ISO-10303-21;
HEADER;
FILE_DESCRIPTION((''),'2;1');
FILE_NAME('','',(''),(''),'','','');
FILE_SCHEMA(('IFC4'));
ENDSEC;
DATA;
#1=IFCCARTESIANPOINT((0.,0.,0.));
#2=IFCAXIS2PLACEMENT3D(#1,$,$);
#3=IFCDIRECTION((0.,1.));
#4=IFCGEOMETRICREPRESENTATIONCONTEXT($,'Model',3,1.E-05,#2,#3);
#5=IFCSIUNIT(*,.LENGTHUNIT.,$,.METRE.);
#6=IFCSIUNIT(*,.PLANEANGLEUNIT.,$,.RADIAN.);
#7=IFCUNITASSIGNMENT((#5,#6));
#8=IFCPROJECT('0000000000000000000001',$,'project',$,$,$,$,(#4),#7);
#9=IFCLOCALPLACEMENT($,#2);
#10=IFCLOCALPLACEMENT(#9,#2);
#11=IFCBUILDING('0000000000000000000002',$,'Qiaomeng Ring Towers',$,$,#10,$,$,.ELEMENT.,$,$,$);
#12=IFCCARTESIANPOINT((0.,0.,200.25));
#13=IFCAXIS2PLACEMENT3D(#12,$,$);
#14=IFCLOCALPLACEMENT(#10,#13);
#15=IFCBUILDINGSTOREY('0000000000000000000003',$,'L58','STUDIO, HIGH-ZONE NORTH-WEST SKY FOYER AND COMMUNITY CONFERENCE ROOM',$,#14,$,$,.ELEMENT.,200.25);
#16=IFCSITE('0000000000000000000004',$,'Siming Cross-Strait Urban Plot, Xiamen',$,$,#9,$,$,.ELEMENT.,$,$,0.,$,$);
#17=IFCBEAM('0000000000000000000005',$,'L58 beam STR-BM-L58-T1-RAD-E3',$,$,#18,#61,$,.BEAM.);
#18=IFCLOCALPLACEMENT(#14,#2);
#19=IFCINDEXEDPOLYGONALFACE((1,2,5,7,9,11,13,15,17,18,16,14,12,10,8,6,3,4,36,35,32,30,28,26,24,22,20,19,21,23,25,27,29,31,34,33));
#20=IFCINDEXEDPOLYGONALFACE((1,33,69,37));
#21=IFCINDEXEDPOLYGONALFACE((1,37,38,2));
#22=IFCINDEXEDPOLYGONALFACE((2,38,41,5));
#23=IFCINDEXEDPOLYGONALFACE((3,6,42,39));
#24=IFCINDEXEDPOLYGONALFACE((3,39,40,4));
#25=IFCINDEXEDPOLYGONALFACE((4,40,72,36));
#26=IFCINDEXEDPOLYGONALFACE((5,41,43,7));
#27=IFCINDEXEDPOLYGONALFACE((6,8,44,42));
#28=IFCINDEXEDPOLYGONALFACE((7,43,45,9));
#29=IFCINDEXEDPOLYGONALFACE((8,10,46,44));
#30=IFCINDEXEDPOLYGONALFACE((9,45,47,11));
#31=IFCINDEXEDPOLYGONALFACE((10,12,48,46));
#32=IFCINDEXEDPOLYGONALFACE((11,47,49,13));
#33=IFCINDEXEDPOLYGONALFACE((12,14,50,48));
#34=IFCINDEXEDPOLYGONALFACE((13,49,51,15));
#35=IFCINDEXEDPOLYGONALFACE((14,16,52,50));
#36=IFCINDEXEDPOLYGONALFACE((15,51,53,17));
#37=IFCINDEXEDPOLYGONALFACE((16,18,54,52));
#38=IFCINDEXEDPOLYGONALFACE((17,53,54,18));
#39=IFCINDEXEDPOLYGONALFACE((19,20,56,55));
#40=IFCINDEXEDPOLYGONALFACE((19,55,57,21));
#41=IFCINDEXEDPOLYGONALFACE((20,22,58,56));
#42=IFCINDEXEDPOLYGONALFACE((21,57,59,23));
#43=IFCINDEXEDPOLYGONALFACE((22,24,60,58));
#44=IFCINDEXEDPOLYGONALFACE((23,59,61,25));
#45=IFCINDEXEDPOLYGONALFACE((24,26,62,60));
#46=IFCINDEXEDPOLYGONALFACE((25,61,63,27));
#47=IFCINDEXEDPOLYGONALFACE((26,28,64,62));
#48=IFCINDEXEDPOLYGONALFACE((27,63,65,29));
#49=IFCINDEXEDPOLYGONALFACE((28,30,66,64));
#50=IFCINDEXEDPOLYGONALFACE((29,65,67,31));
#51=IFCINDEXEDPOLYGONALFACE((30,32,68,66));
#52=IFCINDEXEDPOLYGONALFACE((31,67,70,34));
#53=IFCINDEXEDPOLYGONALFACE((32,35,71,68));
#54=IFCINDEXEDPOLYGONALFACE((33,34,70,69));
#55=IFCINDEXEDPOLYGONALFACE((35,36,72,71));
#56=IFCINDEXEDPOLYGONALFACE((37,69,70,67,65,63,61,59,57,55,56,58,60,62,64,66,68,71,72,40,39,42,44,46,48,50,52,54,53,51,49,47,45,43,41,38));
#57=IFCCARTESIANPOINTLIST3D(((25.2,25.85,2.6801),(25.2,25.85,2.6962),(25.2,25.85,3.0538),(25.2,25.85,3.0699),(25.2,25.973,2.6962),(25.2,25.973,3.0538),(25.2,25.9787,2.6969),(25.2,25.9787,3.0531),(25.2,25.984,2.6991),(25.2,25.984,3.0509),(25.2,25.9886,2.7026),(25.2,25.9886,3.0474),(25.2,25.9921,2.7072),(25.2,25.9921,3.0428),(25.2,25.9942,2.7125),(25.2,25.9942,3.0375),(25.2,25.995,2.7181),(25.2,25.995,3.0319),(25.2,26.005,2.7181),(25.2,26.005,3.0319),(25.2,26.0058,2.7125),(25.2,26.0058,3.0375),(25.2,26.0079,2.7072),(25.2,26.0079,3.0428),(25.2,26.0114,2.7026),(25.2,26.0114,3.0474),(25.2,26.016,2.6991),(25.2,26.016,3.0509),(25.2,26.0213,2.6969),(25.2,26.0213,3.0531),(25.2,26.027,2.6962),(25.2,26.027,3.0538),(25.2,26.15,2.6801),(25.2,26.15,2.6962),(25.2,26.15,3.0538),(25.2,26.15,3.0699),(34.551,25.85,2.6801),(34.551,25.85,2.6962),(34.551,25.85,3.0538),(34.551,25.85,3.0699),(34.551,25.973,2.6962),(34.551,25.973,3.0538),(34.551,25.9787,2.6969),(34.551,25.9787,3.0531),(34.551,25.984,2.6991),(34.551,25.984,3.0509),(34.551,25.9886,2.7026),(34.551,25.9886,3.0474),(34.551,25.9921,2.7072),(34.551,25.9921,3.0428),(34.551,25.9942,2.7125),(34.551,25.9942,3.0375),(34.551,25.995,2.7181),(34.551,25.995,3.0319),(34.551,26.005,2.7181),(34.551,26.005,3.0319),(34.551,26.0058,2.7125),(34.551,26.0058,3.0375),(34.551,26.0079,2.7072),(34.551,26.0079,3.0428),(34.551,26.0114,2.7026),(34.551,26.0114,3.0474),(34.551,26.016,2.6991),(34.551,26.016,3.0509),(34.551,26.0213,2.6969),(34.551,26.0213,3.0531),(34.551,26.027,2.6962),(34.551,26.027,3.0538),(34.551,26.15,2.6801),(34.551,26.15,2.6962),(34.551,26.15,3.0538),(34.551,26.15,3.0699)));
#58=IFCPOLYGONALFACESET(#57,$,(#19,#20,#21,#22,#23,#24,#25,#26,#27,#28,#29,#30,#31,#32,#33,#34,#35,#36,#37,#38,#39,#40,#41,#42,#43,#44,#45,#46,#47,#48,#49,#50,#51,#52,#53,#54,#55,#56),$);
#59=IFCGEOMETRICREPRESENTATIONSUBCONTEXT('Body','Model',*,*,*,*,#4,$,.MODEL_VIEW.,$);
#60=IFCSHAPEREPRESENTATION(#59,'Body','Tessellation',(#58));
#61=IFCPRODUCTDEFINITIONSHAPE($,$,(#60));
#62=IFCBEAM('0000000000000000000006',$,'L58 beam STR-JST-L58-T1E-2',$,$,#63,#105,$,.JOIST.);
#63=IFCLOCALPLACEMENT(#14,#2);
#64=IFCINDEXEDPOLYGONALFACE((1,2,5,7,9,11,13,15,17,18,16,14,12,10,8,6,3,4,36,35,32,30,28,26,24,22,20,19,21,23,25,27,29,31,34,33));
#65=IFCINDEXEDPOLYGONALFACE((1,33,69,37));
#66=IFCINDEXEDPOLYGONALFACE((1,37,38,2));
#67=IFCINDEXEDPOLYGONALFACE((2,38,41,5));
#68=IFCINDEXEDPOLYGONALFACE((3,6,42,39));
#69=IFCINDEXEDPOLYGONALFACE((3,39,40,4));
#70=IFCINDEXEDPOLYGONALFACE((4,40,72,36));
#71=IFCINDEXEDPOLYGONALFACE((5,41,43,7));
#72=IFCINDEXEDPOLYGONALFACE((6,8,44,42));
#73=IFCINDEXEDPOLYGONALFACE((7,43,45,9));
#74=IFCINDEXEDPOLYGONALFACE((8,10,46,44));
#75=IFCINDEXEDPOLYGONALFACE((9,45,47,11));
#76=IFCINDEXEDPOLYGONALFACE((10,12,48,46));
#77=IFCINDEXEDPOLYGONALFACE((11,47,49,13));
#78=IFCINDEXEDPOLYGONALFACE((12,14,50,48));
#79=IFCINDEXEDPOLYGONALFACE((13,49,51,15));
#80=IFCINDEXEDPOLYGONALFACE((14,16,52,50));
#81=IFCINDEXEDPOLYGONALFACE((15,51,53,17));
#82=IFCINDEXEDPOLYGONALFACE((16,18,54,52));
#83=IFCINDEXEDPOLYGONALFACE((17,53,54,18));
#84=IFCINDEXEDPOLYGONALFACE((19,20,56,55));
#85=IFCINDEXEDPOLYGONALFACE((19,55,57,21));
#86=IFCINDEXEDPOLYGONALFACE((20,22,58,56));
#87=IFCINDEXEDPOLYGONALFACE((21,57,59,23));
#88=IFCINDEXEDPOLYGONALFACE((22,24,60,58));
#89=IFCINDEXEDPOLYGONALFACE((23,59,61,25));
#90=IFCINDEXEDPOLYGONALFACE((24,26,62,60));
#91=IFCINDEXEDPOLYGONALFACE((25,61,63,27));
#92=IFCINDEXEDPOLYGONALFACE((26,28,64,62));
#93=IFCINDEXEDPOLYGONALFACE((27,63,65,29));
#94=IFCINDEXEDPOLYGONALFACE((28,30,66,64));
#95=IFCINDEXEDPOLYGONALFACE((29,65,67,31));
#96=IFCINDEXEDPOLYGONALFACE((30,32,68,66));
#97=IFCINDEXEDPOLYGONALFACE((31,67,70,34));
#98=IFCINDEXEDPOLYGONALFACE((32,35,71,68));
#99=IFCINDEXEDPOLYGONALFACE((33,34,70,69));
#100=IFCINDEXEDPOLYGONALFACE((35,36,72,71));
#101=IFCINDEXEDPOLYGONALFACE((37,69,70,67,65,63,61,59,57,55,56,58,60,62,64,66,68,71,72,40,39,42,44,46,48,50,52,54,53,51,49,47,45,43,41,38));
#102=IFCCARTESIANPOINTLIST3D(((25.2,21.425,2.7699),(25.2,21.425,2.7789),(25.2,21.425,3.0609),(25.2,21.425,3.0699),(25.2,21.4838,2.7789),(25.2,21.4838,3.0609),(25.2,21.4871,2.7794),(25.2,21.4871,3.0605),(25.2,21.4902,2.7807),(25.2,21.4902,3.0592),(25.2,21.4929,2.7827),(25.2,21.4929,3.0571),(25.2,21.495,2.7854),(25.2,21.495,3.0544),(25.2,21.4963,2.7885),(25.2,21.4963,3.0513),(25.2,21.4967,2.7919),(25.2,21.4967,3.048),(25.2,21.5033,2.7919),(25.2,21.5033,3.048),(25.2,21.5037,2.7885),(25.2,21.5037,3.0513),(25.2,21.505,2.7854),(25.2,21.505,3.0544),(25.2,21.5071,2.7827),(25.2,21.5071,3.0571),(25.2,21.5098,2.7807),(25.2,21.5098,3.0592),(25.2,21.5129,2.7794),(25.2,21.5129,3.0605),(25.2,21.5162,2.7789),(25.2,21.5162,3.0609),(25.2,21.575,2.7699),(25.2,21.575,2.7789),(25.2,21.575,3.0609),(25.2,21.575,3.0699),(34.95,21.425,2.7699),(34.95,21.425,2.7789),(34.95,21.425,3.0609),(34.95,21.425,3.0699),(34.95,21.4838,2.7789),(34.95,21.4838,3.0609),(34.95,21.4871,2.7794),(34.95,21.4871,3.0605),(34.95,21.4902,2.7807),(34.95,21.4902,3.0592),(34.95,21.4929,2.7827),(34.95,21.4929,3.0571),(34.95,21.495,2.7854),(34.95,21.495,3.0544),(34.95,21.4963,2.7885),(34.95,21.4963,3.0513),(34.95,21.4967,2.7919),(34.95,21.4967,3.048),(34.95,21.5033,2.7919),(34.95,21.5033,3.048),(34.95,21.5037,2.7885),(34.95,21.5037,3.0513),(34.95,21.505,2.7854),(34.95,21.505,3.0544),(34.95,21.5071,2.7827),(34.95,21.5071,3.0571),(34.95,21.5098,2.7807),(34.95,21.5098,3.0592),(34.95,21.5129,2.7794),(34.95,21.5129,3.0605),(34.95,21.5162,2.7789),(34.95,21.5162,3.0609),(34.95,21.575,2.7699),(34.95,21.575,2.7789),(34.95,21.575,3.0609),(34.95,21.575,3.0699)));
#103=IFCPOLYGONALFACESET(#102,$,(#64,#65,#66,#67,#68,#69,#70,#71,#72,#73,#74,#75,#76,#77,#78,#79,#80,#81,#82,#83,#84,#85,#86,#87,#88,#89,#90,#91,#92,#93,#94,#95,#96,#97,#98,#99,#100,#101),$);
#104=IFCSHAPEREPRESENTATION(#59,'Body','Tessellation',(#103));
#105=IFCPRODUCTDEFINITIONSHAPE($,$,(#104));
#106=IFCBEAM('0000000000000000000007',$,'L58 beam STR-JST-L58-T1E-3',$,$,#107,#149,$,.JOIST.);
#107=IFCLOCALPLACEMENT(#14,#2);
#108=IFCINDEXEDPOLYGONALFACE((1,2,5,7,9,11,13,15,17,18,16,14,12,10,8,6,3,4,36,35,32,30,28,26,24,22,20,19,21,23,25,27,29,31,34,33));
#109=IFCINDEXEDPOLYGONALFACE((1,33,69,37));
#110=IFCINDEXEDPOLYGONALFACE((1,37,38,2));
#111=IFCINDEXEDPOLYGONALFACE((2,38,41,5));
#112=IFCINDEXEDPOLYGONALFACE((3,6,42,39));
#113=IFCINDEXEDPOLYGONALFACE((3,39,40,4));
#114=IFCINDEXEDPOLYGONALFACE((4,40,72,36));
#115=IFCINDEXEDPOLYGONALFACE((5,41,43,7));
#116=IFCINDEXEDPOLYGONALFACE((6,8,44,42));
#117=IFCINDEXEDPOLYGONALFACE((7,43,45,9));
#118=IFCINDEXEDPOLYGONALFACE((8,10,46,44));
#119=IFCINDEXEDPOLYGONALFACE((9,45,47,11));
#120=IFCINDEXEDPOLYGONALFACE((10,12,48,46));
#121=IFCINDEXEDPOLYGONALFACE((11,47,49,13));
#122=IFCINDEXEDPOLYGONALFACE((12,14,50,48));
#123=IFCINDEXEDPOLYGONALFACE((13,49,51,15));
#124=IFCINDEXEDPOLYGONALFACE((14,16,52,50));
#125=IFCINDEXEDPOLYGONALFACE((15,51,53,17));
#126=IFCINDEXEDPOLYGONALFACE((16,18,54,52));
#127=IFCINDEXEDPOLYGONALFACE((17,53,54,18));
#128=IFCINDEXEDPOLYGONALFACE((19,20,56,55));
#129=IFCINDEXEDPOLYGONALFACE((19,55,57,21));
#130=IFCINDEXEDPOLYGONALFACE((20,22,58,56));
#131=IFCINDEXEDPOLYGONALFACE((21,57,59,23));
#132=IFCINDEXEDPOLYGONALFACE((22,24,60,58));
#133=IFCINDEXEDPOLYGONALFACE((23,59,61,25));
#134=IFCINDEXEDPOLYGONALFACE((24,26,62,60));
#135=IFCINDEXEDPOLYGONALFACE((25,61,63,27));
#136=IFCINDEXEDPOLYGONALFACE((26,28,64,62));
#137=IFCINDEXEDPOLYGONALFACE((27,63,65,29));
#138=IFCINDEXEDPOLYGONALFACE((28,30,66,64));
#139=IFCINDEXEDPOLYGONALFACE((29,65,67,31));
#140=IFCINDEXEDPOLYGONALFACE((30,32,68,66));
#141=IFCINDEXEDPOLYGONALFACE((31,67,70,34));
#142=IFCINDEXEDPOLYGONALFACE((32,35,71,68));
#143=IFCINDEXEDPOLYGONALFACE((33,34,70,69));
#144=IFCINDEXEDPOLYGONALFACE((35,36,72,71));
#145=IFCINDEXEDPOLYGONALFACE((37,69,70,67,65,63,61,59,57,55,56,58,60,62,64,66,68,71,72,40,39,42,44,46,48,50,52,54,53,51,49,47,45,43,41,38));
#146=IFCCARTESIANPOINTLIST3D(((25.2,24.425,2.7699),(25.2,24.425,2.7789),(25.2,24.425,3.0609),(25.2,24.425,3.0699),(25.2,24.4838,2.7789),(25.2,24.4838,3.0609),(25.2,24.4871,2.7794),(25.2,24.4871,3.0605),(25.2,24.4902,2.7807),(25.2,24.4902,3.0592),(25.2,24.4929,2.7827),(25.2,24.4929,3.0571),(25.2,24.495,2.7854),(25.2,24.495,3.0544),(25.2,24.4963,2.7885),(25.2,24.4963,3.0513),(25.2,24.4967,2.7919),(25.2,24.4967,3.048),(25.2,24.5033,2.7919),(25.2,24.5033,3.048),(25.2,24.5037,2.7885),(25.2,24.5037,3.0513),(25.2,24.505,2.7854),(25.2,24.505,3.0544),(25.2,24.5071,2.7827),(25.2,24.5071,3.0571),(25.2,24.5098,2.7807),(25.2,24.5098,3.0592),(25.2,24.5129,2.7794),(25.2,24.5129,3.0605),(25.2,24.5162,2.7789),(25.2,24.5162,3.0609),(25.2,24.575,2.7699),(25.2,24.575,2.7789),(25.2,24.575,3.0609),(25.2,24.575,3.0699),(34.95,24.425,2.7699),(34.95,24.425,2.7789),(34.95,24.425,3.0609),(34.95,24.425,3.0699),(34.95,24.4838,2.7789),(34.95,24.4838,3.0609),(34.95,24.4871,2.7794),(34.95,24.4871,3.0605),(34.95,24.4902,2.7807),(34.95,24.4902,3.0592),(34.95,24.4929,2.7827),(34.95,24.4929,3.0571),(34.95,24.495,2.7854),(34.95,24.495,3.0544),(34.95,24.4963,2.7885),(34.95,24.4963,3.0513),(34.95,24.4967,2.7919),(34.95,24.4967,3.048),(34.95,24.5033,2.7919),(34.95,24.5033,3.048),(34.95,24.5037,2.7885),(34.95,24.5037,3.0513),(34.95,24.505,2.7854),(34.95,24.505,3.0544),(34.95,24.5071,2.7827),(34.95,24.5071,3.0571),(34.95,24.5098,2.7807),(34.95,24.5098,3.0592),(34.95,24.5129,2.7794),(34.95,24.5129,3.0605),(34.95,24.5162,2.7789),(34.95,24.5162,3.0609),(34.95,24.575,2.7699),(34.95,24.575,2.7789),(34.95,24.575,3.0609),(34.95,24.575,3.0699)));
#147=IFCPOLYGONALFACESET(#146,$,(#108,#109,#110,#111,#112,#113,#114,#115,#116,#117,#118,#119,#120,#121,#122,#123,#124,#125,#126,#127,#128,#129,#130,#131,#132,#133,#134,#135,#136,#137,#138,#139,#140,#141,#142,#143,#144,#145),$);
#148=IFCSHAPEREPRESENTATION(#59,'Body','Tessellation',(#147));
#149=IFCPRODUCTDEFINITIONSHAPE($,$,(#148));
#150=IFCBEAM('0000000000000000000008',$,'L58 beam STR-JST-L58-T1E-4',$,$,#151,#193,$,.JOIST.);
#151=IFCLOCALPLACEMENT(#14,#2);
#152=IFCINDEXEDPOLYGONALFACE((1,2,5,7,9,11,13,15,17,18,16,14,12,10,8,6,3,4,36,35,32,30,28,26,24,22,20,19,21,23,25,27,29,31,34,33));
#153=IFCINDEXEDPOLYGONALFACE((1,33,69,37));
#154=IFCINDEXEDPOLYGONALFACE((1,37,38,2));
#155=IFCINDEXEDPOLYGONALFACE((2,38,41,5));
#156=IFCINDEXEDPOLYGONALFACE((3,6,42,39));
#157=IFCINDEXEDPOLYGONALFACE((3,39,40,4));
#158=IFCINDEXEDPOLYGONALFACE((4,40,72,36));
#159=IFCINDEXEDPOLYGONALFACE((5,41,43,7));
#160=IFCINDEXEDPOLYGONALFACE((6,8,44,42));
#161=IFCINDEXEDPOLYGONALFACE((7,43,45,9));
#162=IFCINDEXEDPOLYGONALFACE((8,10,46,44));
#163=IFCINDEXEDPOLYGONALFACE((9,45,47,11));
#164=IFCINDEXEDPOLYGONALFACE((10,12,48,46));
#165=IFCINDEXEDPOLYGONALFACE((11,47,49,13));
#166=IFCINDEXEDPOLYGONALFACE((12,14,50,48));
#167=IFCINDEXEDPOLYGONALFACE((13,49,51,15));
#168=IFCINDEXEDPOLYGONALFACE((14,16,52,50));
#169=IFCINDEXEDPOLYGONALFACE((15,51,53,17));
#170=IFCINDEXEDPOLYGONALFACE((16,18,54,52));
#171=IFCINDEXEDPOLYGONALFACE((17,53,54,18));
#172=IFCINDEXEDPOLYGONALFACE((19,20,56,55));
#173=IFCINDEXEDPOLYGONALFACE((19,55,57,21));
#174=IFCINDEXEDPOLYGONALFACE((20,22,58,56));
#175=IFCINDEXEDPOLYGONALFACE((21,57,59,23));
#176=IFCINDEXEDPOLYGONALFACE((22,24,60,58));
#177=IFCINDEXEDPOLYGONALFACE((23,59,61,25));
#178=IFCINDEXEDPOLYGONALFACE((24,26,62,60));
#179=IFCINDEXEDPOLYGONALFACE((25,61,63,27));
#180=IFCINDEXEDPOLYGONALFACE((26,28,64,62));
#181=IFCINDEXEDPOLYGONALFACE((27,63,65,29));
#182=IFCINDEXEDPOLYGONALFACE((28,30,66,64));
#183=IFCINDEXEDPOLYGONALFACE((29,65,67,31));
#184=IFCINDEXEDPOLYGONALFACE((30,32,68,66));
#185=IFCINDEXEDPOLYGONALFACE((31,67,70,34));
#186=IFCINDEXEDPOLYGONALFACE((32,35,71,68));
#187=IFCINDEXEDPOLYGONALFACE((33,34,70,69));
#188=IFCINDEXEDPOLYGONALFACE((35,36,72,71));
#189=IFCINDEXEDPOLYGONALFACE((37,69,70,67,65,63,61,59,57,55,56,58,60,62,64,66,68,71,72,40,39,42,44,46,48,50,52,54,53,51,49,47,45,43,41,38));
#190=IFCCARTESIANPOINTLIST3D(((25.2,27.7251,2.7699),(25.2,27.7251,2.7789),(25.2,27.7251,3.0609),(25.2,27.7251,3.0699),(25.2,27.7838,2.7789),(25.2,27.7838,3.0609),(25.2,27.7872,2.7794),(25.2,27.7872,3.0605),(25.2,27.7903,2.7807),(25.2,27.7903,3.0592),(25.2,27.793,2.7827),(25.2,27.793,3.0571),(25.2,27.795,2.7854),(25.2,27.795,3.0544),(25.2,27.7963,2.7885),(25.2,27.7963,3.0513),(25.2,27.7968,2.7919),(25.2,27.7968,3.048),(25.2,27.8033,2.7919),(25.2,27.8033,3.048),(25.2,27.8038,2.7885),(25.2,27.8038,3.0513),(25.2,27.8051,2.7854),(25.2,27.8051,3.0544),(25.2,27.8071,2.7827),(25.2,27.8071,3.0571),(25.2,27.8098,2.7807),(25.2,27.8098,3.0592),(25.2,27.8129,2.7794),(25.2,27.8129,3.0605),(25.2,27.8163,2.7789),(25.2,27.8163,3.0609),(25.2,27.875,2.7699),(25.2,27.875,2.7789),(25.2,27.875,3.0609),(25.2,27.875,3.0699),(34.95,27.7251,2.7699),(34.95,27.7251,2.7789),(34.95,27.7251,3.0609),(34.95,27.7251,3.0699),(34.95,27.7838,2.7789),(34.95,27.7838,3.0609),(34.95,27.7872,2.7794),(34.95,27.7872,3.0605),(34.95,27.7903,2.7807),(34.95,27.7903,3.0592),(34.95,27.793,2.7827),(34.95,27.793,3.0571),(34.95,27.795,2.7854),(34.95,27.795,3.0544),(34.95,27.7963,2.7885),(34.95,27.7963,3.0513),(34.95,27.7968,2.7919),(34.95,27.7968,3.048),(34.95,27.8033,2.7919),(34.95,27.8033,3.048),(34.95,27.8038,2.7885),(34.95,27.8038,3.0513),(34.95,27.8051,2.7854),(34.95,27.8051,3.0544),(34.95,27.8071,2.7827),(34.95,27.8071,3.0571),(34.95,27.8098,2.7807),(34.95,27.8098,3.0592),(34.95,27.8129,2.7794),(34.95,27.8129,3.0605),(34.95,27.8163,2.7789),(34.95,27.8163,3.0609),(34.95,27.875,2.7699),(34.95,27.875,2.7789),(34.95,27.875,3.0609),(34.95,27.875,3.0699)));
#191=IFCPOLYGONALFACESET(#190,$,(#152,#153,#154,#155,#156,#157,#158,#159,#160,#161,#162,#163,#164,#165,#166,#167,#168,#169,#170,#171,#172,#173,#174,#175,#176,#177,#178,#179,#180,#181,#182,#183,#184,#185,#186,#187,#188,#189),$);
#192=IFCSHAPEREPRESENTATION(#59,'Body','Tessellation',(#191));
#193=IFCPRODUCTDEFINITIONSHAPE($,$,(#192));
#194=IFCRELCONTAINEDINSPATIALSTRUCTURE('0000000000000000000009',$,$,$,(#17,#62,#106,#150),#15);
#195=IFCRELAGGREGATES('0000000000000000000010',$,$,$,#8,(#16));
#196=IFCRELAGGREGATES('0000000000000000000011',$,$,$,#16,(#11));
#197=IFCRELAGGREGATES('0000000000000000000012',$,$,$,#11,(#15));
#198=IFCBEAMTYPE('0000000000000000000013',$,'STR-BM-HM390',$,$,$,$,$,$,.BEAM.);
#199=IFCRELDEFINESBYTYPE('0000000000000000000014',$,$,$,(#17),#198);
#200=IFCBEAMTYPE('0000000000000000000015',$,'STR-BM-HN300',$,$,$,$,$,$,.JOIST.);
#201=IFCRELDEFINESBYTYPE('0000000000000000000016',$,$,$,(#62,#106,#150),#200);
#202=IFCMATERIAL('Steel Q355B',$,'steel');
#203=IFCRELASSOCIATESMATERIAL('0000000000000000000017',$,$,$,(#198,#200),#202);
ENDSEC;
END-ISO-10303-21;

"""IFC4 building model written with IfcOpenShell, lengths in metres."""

from ifc_helpers import new_model, si_unit, direction, frame, origin, origin_2d, place, context, subcontext, project, spatial, i_section, extrude, source, transform, mapped, material, material_profile, profile_set, type_object, element, save


model = new_model("IFC4")

# Units and contexts
model_context = context("Model", 3, precision=1e-05, world=origin(), true_north=direction((0.0, 1.0)))
body_context = subcontext(model_context, "Body", "Model", "MODEL_VIEW")
ifc_project = project(units=[si_unit("LENGTHUNIT", "METRE"), si_unit("PLANEANGLEUNIT", "RADIAN")], contexts=[model_context])

# Site, building, storey
site_placement = place(None, origin())
site = spatial("IfcSite", under=ifc_project, at=site_placement, Name="Siming Cross-Strait Urban Plot, Xiamen", CompositionType="ELEMENT", RefElevation=0.0)
building_placement = place(site_placement, origin())
building = spatial("IfcBuilding", under=site, at=building_placement, Name="Qiaomeng Ring Towers", CompositionType="ELEMENT")
storey_placement = place(building_placement, frame((0.0, 0.0, 200.25)))
storey = spatial("IfcBuildingStorey", under=building, at=storey_placement, Name="L58", Description="STUDIO, HIGH-ZONE NORTH-WEST SKY FOYER AND COMMUNITY CONFERENCE ROOM", CompositionType="ELEMENT", Elevation=200.25)

# Beams
ifc_material_1 = material(Name="Steel Q355B", Category="steel")
ifc_material_profile_1 = material_profile(ifc_material_1, i_section(OverallWidth=0.3, OverallDepth=0.3899, WebThickness=0.01, FlangeThickness=0.0161, FilletRadius=0.022, at=origin_2d()), Name="HM 390x300x10x16")
ifc_profile_set_1 = profile_set([ifc_material_profile_1], Name="Steel Q355B")
beam_type_1 = type_object("IfcBeamType", Name="STR-BM-HM390", PredefinedType="BEAM", material=ifc_profile_set_1)
shared_shape_1 = source(origin(), body_context, "Body", "SweptSolid", [
    extrude(i_section(OverallWidth=0.3, OverallDepth=0.3899, WebThickness=0.01, FlangeThickness=0.0161, FilletRadius=0.022, at=origin_2d()), origin(), (0.0, 0.0, 1.0), 9.3511),
])
beam_placement = place(storey_placement, frame((25.2, 26.0, 2.875), z_axis=(1.0, 0.0, 0.0), x_axis=(0.0, 1.0, 0.0)))
element("IfcBeam", 1, at=beam_placement, inside=storey, type_object=beam_type_1, Name="L58 beam STR-BM-L58-T1-RAD-E3", PredefinedType="BEAM", context=body_context, shape_type="MappedRepresentation", body=[
    mapped(shared_shape_1, transform((0.0, 0.0, 0.0), x_axis=(1.0, 0.0, 0.0), y_axis=(0.0, 1.0, 0.0), z_axis=(0.0, 0.0, 1.0), scale=1.0)),
])
ifc_material_profile_2 = material_profile(ifc_material_1, i_section(OverallWidth=0.1499, OverallDepth=0.3, WebThickness=0.0066, FlangeThickness=0.009, FilletRadius=0.0129, at=origin_2d()), Name="HN 300x150x6.5x9")
ifc_profile_set_2 = profile_set([ifc_material_profile_2], Name="Steel Q355B")
beam_type_2 = type_object("IfcBeamType", Name="STR-BM-HN300", PredefinedType="JOIST", material=ifc_profile_set_2)
shared_shape_2 = source(origin(), body_context, "Body", "SweptSolid", [
    extrude(i_section(OverallWidth=0.1499, OverallDepth=0.3, WebThickness=0.0066, FlangeThickness=0.009, FilletRadius=0.0129, at=origin_2d()), origin(), (0.0, 0.0, 1.0), 9.75),
])
for number, where, z_axis, x_axis, name in (
    (2, (25.2, 21.5, 2.9199), (1.0, 0.0, 0.0), (0.0, 1.0, 0.0), "L58 beam STR-JST-L58-T1E-2"),
    (3, (25.2, 24.5, 2.9199), (1.0, 0.0, 0.0), (0.0, 1.0, 0.0), "L58 beam STR-JST-L58-T1E-3"),
    (4, (25.2, 27.8, 2.9199), (1.0, 0.0, 0.0), (0.0, 1.0, 0.0), "L58 beam STR-JST-L58-T1E-4"),
):
    element("IfcBeam", number, at=place(storey_placement, frame(where, z_axis=z_axis, x_axis=x_axis)), inside=storey, type_object=beam_type_2, Name=name, PredefinedType="JOIST", context=body_context, shape_type="MappedRepresentation", body=[
        mapped(shared_shape_2, transform((0.0, 0.0, 0.0), x_axis=(1.0, 0.0, 0.0), y_axis=(0.0, 1.0, 0.0), z_axis=(0.0, 0.0, 1.0), scale=1.0)),
    ])

save(model, "model.ifc")
